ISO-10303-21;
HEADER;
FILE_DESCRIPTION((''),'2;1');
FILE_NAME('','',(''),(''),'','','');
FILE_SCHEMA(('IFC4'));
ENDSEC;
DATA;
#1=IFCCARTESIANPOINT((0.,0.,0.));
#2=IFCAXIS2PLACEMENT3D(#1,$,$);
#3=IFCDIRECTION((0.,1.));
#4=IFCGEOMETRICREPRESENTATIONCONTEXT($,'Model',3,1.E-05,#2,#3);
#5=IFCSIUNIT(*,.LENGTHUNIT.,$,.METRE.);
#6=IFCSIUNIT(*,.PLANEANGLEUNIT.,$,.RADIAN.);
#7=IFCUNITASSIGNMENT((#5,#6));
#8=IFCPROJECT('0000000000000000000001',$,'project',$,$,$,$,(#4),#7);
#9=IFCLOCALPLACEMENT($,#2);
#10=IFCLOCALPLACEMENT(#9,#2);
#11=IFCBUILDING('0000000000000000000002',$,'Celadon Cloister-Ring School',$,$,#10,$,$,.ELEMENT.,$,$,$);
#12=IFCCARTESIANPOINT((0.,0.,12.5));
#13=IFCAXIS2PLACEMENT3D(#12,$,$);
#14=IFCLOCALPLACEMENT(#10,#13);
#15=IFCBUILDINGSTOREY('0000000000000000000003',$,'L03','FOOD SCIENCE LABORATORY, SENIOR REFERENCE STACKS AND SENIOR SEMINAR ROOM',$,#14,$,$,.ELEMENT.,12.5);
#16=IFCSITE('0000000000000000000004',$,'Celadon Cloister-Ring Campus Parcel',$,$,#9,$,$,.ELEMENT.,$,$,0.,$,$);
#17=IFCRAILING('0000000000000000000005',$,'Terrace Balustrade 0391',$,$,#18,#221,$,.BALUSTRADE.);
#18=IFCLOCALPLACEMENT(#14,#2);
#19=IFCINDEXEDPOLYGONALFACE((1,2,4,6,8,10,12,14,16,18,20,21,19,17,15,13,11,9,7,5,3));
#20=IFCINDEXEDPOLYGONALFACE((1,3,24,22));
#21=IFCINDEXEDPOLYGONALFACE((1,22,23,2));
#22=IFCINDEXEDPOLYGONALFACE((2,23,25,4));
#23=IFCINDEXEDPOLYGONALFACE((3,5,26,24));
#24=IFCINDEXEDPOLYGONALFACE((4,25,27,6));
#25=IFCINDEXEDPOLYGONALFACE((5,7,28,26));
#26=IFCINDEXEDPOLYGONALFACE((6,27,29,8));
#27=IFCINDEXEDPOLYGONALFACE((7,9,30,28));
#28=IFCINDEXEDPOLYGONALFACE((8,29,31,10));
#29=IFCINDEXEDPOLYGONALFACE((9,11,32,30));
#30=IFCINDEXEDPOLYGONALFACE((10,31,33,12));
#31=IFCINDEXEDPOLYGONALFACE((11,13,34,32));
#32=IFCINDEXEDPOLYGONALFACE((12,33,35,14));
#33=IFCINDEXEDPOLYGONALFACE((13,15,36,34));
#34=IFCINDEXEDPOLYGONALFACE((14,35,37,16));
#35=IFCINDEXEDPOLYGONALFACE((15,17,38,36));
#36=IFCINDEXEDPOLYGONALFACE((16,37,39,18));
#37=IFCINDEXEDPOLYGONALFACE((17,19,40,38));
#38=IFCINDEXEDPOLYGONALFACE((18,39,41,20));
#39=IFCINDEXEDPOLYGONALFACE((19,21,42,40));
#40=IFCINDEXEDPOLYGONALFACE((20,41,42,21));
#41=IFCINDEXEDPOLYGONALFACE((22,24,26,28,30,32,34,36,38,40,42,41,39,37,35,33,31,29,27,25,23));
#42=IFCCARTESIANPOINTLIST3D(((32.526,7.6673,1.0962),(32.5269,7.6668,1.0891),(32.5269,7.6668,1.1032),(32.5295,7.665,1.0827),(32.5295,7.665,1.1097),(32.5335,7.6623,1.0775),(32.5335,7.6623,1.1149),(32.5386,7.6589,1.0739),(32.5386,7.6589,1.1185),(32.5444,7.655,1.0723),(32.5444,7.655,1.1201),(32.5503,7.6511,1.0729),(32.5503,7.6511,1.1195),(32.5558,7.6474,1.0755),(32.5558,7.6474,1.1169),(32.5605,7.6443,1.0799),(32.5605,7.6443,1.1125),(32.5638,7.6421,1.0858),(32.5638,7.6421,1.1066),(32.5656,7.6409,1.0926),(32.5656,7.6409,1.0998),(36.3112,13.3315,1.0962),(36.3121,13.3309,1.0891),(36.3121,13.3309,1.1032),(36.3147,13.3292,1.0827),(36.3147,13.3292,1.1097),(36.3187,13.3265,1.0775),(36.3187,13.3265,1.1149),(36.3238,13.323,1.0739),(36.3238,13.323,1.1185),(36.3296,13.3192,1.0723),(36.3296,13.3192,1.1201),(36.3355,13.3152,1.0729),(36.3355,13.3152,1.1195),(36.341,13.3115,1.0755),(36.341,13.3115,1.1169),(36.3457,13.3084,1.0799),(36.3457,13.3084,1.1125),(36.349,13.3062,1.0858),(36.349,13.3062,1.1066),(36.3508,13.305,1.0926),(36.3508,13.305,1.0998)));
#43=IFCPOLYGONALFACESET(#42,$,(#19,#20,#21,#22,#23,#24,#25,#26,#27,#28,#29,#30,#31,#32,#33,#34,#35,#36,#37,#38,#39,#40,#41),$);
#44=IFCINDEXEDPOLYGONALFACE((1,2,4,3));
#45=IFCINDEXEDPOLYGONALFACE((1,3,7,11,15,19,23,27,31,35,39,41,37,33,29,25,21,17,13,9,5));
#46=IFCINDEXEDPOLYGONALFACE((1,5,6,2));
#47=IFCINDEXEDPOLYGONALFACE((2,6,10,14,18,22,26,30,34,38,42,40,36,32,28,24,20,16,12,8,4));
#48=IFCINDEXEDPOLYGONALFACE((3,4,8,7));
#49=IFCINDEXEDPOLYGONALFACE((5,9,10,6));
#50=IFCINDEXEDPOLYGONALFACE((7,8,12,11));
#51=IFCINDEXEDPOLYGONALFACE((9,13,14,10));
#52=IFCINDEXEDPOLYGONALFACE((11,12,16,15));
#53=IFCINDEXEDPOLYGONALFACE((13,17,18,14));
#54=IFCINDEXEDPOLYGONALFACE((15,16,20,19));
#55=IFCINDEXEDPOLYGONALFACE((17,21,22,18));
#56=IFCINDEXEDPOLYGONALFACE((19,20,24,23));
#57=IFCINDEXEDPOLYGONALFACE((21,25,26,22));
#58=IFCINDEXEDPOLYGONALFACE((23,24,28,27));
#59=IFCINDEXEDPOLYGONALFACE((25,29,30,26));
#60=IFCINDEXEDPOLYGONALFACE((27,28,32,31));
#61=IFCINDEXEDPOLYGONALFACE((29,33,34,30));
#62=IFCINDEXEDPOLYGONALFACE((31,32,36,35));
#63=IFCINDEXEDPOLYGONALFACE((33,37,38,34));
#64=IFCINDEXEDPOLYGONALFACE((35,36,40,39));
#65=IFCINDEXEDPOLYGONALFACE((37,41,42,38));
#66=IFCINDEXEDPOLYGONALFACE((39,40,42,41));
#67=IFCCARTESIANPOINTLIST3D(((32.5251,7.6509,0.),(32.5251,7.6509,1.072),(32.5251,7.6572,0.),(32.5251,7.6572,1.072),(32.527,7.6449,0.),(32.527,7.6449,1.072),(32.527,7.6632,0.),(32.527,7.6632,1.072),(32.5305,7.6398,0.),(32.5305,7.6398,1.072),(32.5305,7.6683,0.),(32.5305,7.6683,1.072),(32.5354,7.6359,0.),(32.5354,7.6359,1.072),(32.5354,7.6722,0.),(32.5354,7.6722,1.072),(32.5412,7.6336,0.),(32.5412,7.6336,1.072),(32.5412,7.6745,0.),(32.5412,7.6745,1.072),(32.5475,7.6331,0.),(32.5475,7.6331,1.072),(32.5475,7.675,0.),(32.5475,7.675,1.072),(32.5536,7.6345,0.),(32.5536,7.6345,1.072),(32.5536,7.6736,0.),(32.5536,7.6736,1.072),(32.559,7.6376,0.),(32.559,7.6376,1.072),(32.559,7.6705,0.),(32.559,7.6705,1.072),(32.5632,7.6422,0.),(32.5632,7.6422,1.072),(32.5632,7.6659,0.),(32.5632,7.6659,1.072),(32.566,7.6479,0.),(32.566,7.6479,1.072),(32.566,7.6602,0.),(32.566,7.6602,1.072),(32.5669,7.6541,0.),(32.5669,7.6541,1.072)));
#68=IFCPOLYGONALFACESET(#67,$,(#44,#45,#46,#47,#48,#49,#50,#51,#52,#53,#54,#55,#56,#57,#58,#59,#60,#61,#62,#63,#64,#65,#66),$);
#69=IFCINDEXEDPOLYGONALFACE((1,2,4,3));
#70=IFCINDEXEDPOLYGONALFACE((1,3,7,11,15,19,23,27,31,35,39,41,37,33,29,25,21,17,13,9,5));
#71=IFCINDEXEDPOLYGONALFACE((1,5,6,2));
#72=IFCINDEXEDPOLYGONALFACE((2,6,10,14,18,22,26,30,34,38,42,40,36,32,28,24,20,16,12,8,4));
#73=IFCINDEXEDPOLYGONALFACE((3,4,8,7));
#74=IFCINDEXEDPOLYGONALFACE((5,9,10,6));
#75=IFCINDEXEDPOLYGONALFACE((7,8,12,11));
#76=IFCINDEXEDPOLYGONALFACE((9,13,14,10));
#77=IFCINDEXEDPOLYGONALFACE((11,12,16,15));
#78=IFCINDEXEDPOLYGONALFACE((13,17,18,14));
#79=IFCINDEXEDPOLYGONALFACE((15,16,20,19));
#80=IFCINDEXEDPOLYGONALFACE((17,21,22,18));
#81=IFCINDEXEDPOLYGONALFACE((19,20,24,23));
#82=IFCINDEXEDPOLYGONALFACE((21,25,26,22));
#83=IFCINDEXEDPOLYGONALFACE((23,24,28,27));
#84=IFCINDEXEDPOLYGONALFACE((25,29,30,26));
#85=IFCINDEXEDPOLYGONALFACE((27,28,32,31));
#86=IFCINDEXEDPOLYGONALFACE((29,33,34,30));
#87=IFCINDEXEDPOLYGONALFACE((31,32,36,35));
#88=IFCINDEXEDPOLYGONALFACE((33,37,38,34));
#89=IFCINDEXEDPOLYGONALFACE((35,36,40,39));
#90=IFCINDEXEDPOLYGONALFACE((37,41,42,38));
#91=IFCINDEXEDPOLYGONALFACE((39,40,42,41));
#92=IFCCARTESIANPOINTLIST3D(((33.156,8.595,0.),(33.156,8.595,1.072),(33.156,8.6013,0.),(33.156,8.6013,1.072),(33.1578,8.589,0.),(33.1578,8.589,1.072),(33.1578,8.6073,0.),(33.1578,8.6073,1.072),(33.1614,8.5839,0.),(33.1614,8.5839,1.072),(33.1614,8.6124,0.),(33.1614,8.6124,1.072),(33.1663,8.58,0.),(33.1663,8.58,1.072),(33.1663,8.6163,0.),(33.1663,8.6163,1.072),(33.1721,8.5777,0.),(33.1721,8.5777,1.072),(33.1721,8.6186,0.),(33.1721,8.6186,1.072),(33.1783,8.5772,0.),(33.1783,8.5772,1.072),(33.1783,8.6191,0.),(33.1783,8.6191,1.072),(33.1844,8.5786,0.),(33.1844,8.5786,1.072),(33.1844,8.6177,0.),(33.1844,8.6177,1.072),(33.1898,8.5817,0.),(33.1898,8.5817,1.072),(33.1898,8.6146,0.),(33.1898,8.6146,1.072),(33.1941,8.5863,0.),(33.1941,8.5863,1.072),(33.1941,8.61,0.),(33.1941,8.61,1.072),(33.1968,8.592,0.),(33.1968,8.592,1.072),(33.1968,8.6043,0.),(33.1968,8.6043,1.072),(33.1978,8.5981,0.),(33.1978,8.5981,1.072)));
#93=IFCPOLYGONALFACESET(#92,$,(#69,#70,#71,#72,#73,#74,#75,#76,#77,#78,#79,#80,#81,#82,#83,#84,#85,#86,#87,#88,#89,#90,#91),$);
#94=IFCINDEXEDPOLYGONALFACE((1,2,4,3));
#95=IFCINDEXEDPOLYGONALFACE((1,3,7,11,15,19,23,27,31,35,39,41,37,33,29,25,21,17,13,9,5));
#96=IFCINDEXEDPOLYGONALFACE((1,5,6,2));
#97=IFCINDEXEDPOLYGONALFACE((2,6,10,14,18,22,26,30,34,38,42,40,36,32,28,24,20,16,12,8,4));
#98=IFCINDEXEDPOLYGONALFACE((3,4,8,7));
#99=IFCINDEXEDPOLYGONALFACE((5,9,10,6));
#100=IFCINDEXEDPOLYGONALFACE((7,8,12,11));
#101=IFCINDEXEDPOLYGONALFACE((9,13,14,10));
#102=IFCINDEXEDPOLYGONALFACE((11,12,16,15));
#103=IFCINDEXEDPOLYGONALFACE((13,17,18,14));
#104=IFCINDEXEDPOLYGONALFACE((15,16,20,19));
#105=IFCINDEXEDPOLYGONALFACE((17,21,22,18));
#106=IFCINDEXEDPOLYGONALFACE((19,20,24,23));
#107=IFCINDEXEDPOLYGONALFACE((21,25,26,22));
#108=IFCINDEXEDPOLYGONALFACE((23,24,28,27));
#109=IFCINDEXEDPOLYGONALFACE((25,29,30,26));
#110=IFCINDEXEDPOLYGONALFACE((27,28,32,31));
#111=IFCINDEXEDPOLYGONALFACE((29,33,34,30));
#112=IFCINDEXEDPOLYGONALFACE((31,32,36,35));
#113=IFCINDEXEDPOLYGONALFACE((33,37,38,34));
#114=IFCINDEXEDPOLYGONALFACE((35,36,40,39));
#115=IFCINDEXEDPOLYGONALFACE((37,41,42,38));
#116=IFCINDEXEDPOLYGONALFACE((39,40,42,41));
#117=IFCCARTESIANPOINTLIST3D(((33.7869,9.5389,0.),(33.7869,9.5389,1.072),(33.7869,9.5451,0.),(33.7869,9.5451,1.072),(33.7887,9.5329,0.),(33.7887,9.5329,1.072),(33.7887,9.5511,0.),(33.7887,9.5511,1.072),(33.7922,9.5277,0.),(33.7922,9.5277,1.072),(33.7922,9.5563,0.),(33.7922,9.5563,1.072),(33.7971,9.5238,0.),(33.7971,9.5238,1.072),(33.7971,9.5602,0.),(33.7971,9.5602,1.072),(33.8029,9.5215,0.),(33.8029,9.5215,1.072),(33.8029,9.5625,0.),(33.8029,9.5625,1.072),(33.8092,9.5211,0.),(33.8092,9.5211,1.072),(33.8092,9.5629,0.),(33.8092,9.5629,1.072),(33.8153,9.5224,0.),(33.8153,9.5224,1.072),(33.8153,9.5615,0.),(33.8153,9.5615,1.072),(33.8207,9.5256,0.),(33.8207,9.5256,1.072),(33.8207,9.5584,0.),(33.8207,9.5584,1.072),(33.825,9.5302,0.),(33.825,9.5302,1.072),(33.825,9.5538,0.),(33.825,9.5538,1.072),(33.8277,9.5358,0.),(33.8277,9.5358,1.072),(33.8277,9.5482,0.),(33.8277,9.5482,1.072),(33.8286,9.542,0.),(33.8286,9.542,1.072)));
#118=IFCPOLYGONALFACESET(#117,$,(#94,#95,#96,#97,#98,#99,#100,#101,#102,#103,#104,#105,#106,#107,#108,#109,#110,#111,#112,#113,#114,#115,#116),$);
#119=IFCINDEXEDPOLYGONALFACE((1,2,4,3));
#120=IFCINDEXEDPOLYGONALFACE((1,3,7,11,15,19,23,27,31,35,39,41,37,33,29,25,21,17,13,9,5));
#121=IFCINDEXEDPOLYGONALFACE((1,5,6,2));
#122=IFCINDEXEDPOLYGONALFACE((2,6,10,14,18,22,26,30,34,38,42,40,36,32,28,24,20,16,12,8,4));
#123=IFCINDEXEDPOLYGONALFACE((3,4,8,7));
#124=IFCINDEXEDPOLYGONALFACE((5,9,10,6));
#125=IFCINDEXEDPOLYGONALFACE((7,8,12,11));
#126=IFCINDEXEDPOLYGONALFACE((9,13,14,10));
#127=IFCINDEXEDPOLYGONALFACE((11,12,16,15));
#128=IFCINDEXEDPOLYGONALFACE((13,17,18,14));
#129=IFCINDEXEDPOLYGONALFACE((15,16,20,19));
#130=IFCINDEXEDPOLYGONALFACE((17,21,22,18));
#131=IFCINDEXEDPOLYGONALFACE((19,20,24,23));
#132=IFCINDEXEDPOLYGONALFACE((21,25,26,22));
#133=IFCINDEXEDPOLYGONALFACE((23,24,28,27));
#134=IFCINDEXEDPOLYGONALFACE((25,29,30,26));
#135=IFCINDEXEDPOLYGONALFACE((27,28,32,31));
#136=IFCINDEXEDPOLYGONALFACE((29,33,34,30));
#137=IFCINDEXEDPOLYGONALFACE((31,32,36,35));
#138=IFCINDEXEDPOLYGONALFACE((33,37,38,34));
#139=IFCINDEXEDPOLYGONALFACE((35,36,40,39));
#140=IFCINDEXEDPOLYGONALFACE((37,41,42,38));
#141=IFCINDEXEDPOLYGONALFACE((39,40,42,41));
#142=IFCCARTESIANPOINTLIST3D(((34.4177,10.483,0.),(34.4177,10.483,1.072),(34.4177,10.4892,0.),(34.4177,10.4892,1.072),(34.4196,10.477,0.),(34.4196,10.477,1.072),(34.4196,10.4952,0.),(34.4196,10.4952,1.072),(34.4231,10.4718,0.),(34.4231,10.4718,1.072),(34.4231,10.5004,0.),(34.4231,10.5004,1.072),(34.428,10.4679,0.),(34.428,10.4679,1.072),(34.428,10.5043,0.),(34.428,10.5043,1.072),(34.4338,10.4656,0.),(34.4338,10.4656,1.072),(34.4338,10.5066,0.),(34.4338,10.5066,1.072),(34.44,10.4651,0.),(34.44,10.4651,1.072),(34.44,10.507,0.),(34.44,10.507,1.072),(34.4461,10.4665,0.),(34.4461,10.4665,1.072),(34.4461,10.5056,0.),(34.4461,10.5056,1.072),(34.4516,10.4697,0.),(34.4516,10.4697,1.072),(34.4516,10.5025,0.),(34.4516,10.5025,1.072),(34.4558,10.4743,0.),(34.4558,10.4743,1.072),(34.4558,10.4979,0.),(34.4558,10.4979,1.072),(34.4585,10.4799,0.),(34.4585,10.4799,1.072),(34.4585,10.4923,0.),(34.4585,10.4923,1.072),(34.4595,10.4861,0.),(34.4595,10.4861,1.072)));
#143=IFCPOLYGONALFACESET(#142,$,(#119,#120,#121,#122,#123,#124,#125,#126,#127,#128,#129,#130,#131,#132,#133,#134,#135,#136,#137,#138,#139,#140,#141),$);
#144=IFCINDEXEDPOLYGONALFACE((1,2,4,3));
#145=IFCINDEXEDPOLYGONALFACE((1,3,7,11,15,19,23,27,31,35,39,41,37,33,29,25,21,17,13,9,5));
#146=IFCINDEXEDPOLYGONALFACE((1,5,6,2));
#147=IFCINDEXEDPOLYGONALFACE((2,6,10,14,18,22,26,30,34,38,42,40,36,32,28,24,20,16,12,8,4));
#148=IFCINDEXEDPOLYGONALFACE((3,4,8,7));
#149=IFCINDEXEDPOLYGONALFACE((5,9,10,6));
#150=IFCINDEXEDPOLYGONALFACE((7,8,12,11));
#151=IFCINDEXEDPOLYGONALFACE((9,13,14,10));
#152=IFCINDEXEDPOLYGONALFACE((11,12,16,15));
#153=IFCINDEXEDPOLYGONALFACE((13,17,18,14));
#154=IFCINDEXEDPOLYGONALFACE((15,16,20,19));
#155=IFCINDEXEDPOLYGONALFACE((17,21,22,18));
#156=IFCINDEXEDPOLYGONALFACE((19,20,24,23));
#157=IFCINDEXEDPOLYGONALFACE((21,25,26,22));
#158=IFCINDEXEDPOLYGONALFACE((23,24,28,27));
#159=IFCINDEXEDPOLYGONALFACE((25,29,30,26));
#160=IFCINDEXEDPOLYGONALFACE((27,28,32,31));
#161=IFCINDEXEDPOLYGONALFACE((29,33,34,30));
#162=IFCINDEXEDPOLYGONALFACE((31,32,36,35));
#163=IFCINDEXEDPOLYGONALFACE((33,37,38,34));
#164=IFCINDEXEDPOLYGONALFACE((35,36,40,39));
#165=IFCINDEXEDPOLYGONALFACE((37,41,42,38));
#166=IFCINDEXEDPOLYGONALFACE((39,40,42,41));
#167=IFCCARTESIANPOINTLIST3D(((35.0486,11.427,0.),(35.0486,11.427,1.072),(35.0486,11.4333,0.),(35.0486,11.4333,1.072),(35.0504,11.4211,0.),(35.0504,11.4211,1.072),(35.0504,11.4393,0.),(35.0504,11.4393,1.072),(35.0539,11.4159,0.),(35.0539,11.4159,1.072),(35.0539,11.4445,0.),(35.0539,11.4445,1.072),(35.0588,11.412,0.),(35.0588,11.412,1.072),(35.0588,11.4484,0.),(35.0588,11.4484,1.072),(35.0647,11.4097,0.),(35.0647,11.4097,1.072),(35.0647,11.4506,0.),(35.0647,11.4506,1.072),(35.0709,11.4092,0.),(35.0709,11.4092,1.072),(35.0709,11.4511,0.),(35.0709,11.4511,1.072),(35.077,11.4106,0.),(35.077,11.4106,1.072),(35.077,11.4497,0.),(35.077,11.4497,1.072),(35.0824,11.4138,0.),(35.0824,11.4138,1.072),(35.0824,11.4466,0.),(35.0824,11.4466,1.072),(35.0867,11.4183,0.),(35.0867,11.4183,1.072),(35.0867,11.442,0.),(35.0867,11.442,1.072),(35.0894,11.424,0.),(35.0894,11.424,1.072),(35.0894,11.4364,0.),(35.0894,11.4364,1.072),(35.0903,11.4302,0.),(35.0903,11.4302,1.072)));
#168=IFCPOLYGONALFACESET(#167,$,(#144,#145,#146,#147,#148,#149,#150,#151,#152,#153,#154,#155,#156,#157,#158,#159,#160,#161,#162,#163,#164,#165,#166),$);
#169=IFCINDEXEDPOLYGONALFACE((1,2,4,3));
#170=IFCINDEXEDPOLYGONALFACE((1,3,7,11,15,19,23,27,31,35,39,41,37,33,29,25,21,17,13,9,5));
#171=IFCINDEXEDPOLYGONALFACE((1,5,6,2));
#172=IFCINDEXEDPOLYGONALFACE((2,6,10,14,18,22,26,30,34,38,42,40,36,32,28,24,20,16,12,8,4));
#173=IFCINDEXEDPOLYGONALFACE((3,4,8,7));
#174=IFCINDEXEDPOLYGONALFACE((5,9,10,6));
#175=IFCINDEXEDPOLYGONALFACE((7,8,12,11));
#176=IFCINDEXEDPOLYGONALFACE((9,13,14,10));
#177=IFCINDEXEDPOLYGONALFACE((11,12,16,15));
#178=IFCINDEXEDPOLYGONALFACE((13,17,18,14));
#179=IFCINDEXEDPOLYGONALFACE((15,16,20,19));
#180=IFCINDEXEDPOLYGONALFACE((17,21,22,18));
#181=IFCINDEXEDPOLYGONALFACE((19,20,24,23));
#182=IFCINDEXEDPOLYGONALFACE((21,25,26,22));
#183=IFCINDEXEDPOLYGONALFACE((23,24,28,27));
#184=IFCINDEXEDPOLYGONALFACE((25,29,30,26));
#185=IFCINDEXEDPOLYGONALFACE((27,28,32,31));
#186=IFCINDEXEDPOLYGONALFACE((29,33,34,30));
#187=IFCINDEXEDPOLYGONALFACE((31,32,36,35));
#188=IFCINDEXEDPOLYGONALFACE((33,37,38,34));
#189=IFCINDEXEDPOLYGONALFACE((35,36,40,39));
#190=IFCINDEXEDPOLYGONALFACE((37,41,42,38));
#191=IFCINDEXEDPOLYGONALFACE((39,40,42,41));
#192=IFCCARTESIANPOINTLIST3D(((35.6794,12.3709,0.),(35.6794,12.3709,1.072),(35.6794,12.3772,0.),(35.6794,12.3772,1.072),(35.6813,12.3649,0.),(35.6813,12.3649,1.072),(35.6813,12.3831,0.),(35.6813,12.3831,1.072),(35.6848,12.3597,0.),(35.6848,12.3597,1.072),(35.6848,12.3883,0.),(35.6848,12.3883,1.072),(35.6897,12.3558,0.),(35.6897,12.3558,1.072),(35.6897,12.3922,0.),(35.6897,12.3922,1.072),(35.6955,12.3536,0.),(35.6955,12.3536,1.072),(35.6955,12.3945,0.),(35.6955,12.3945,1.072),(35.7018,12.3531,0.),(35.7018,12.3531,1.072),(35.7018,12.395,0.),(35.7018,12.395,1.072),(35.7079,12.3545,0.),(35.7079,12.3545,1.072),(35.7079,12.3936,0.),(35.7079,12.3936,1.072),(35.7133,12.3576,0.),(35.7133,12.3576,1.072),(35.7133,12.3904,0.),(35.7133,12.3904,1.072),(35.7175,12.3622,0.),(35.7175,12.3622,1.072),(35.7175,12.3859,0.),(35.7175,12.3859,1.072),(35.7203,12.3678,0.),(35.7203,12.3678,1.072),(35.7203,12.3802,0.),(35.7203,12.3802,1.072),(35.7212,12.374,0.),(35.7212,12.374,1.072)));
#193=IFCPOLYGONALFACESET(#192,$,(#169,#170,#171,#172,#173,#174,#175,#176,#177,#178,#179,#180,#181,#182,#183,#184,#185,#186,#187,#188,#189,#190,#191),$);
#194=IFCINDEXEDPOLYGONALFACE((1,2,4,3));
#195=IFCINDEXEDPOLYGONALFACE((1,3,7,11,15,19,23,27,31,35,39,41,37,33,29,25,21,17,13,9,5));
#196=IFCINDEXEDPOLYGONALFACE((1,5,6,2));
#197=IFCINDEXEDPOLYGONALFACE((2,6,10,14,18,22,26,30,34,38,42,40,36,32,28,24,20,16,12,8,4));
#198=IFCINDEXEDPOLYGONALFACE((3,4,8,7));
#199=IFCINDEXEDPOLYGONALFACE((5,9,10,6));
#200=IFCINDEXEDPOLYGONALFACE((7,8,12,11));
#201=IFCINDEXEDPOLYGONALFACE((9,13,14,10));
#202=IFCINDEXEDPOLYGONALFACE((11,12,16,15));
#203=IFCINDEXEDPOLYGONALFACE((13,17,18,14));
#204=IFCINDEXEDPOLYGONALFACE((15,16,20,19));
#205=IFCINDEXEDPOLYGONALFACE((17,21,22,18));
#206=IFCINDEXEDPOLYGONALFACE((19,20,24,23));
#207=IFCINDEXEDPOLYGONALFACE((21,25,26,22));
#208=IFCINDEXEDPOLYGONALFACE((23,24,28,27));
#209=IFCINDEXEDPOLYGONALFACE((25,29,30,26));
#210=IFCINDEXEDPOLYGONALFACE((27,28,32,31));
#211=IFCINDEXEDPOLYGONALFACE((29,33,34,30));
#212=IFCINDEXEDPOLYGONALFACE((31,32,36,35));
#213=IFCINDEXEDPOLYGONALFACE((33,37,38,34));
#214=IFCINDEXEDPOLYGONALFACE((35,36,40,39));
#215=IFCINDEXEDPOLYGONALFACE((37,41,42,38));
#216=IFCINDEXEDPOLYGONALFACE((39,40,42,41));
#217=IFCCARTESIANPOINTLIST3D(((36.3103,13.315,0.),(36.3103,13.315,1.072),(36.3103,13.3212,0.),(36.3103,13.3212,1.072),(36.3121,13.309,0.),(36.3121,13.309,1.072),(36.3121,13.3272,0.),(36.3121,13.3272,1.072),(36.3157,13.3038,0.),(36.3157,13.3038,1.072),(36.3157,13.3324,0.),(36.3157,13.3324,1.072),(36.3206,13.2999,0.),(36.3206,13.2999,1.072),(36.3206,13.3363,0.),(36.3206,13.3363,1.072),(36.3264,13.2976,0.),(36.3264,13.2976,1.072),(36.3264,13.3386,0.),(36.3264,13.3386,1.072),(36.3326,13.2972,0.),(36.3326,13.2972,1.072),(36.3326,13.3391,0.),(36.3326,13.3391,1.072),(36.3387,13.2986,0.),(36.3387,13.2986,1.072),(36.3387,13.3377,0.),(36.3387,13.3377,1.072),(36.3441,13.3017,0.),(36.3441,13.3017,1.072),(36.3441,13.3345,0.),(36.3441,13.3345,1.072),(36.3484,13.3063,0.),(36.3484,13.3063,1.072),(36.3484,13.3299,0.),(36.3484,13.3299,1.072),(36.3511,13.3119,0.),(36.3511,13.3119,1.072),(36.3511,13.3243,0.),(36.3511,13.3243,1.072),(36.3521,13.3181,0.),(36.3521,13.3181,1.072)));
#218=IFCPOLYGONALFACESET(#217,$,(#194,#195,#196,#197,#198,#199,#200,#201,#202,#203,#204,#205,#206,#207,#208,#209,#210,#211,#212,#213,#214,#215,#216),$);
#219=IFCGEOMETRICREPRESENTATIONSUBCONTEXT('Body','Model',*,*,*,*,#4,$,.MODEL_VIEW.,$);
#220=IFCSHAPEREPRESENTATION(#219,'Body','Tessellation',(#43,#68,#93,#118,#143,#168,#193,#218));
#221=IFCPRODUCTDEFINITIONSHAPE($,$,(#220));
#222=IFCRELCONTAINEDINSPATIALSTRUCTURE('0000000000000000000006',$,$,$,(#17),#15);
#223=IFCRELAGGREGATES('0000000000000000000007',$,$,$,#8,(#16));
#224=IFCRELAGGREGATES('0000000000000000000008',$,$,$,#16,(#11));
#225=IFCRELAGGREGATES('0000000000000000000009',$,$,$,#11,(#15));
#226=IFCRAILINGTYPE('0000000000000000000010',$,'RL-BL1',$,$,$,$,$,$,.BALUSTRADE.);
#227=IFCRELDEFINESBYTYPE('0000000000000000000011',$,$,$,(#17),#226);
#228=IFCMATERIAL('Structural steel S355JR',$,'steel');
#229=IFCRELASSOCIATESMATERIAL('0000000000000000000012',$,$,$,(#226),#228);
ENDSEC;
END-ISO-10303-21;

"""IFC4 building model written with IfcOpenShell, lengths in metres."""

from ifc_helpers import new_model, si_unit, direction, frame, origin, origin_2d, place, context, subcontext, project, spatial, circle, extrude, material, type_object, element, save


model = new_model("IFC4")

# Units and contexts
model_context = context("Model", 3, precision=1e-05, world=origin(), true_north=direction((0.0, 1.0)))
body_context = subcontext(model_context, "Body", "Model", "MODEL_VIEW")
ifc_project = project(units=[si_unit("LENGTHUNIT", "METRE"), si_unit("PLANEANGLEUNIT", "RADIAN")], contexts=[model_context])

# Site, building, storey
site_placement = place(None, origin())
site = spatial("IfcSite", under=ifc_project, at=site_placement, Name="Celadon Cloister-Ring Campus Parcel", CompositionType="ELEMENT", RefElevation=0.0)
building_placement = place(site_placement, origin())
building = spatial("IfcBuilding", under=site, at=building_placement, Name="Celadon Cloister-Ring School", CompositionType="ELEMENT")
storey_placement = place(building_placement, frame((0.0, 0.0, 12.5)))
storey = spatial("IfcBuildingStorey", under=building, at=storey_placement, Name="L03", Description="FOOD SCIENCE LABORATORY, SENIOR REFERENCE STACKS AND SENIOR SEMINAR ROOM", CompositionType="ELEMENT", Elevation=12.5)

# Railing
ifc_material_1 = material(Name="Structural steel S355JR", Category="steel")
railing_type = type_object("IfcRailingType", Name="RL-BL1", PredefinedType="BALUSTRADE", material=ifc_material_1)
railing_1_placement = place(storey_placement, frame((32.5459, 7.6541, 0.0)))
element("IfcRailing", 1, at=railing_1_placement, inside=storey, type_object=railing_type, Name="Terrace Balustrade 0391", PredefinedType="BALUSTRADE", context=body_context, shape_type="SweptSolid", body=[
    extrude(circle(Radius=0.0239, at=origin_2d()), frame((0.0, 0.0, 1.0962), z_axis=(0.555626, 0.831432, 0.0), x_axis=(-0.831432, 0.555626, 0.0)), (0.0, 0.0, 1.0), 6.8125),
    extrude(circle(Radius=0.021, at=origin_2d()), origin(), (0.0, 0.0, 1.0), 1.072),
    extrude(circle(Radius=0.021, at=origin_2d()), frame((0.6309, 0.9441, 0.0)), (0.0, 0.0, 1.0), 1.072),
    extrude(circle(Radius=0.021, at=origin_2d()), frame((1.2617, 1.8879, 0.0)), (0.0, 0.0, 1.0), 1.072),
    extrude(circle(Radius=0.021, at=origin_2d()), frame((1.8926, 2.832, 0.0)), (0.0, 0.0, 1.0), 1.072),
    extrude(circle(Radius=0.021, at=origin_2d()), frame((2.5234, 3.7761, 0.0)), (0.0, 0.0, 1.0), 1.072),
    extrude(circle(Radius=0.021, at=origin_2d()), frame((3.1543, 4.72, 0.0)), (0.0, 0.0, 1.0), 1.072),
    extrude(circle(Radius=0.021, at=origin_2d()), frame((3.7852, 5.6641, 0.0)), (0.0, 0.0, 1.0), 1.072),
])

save(model, "model.ifc")
